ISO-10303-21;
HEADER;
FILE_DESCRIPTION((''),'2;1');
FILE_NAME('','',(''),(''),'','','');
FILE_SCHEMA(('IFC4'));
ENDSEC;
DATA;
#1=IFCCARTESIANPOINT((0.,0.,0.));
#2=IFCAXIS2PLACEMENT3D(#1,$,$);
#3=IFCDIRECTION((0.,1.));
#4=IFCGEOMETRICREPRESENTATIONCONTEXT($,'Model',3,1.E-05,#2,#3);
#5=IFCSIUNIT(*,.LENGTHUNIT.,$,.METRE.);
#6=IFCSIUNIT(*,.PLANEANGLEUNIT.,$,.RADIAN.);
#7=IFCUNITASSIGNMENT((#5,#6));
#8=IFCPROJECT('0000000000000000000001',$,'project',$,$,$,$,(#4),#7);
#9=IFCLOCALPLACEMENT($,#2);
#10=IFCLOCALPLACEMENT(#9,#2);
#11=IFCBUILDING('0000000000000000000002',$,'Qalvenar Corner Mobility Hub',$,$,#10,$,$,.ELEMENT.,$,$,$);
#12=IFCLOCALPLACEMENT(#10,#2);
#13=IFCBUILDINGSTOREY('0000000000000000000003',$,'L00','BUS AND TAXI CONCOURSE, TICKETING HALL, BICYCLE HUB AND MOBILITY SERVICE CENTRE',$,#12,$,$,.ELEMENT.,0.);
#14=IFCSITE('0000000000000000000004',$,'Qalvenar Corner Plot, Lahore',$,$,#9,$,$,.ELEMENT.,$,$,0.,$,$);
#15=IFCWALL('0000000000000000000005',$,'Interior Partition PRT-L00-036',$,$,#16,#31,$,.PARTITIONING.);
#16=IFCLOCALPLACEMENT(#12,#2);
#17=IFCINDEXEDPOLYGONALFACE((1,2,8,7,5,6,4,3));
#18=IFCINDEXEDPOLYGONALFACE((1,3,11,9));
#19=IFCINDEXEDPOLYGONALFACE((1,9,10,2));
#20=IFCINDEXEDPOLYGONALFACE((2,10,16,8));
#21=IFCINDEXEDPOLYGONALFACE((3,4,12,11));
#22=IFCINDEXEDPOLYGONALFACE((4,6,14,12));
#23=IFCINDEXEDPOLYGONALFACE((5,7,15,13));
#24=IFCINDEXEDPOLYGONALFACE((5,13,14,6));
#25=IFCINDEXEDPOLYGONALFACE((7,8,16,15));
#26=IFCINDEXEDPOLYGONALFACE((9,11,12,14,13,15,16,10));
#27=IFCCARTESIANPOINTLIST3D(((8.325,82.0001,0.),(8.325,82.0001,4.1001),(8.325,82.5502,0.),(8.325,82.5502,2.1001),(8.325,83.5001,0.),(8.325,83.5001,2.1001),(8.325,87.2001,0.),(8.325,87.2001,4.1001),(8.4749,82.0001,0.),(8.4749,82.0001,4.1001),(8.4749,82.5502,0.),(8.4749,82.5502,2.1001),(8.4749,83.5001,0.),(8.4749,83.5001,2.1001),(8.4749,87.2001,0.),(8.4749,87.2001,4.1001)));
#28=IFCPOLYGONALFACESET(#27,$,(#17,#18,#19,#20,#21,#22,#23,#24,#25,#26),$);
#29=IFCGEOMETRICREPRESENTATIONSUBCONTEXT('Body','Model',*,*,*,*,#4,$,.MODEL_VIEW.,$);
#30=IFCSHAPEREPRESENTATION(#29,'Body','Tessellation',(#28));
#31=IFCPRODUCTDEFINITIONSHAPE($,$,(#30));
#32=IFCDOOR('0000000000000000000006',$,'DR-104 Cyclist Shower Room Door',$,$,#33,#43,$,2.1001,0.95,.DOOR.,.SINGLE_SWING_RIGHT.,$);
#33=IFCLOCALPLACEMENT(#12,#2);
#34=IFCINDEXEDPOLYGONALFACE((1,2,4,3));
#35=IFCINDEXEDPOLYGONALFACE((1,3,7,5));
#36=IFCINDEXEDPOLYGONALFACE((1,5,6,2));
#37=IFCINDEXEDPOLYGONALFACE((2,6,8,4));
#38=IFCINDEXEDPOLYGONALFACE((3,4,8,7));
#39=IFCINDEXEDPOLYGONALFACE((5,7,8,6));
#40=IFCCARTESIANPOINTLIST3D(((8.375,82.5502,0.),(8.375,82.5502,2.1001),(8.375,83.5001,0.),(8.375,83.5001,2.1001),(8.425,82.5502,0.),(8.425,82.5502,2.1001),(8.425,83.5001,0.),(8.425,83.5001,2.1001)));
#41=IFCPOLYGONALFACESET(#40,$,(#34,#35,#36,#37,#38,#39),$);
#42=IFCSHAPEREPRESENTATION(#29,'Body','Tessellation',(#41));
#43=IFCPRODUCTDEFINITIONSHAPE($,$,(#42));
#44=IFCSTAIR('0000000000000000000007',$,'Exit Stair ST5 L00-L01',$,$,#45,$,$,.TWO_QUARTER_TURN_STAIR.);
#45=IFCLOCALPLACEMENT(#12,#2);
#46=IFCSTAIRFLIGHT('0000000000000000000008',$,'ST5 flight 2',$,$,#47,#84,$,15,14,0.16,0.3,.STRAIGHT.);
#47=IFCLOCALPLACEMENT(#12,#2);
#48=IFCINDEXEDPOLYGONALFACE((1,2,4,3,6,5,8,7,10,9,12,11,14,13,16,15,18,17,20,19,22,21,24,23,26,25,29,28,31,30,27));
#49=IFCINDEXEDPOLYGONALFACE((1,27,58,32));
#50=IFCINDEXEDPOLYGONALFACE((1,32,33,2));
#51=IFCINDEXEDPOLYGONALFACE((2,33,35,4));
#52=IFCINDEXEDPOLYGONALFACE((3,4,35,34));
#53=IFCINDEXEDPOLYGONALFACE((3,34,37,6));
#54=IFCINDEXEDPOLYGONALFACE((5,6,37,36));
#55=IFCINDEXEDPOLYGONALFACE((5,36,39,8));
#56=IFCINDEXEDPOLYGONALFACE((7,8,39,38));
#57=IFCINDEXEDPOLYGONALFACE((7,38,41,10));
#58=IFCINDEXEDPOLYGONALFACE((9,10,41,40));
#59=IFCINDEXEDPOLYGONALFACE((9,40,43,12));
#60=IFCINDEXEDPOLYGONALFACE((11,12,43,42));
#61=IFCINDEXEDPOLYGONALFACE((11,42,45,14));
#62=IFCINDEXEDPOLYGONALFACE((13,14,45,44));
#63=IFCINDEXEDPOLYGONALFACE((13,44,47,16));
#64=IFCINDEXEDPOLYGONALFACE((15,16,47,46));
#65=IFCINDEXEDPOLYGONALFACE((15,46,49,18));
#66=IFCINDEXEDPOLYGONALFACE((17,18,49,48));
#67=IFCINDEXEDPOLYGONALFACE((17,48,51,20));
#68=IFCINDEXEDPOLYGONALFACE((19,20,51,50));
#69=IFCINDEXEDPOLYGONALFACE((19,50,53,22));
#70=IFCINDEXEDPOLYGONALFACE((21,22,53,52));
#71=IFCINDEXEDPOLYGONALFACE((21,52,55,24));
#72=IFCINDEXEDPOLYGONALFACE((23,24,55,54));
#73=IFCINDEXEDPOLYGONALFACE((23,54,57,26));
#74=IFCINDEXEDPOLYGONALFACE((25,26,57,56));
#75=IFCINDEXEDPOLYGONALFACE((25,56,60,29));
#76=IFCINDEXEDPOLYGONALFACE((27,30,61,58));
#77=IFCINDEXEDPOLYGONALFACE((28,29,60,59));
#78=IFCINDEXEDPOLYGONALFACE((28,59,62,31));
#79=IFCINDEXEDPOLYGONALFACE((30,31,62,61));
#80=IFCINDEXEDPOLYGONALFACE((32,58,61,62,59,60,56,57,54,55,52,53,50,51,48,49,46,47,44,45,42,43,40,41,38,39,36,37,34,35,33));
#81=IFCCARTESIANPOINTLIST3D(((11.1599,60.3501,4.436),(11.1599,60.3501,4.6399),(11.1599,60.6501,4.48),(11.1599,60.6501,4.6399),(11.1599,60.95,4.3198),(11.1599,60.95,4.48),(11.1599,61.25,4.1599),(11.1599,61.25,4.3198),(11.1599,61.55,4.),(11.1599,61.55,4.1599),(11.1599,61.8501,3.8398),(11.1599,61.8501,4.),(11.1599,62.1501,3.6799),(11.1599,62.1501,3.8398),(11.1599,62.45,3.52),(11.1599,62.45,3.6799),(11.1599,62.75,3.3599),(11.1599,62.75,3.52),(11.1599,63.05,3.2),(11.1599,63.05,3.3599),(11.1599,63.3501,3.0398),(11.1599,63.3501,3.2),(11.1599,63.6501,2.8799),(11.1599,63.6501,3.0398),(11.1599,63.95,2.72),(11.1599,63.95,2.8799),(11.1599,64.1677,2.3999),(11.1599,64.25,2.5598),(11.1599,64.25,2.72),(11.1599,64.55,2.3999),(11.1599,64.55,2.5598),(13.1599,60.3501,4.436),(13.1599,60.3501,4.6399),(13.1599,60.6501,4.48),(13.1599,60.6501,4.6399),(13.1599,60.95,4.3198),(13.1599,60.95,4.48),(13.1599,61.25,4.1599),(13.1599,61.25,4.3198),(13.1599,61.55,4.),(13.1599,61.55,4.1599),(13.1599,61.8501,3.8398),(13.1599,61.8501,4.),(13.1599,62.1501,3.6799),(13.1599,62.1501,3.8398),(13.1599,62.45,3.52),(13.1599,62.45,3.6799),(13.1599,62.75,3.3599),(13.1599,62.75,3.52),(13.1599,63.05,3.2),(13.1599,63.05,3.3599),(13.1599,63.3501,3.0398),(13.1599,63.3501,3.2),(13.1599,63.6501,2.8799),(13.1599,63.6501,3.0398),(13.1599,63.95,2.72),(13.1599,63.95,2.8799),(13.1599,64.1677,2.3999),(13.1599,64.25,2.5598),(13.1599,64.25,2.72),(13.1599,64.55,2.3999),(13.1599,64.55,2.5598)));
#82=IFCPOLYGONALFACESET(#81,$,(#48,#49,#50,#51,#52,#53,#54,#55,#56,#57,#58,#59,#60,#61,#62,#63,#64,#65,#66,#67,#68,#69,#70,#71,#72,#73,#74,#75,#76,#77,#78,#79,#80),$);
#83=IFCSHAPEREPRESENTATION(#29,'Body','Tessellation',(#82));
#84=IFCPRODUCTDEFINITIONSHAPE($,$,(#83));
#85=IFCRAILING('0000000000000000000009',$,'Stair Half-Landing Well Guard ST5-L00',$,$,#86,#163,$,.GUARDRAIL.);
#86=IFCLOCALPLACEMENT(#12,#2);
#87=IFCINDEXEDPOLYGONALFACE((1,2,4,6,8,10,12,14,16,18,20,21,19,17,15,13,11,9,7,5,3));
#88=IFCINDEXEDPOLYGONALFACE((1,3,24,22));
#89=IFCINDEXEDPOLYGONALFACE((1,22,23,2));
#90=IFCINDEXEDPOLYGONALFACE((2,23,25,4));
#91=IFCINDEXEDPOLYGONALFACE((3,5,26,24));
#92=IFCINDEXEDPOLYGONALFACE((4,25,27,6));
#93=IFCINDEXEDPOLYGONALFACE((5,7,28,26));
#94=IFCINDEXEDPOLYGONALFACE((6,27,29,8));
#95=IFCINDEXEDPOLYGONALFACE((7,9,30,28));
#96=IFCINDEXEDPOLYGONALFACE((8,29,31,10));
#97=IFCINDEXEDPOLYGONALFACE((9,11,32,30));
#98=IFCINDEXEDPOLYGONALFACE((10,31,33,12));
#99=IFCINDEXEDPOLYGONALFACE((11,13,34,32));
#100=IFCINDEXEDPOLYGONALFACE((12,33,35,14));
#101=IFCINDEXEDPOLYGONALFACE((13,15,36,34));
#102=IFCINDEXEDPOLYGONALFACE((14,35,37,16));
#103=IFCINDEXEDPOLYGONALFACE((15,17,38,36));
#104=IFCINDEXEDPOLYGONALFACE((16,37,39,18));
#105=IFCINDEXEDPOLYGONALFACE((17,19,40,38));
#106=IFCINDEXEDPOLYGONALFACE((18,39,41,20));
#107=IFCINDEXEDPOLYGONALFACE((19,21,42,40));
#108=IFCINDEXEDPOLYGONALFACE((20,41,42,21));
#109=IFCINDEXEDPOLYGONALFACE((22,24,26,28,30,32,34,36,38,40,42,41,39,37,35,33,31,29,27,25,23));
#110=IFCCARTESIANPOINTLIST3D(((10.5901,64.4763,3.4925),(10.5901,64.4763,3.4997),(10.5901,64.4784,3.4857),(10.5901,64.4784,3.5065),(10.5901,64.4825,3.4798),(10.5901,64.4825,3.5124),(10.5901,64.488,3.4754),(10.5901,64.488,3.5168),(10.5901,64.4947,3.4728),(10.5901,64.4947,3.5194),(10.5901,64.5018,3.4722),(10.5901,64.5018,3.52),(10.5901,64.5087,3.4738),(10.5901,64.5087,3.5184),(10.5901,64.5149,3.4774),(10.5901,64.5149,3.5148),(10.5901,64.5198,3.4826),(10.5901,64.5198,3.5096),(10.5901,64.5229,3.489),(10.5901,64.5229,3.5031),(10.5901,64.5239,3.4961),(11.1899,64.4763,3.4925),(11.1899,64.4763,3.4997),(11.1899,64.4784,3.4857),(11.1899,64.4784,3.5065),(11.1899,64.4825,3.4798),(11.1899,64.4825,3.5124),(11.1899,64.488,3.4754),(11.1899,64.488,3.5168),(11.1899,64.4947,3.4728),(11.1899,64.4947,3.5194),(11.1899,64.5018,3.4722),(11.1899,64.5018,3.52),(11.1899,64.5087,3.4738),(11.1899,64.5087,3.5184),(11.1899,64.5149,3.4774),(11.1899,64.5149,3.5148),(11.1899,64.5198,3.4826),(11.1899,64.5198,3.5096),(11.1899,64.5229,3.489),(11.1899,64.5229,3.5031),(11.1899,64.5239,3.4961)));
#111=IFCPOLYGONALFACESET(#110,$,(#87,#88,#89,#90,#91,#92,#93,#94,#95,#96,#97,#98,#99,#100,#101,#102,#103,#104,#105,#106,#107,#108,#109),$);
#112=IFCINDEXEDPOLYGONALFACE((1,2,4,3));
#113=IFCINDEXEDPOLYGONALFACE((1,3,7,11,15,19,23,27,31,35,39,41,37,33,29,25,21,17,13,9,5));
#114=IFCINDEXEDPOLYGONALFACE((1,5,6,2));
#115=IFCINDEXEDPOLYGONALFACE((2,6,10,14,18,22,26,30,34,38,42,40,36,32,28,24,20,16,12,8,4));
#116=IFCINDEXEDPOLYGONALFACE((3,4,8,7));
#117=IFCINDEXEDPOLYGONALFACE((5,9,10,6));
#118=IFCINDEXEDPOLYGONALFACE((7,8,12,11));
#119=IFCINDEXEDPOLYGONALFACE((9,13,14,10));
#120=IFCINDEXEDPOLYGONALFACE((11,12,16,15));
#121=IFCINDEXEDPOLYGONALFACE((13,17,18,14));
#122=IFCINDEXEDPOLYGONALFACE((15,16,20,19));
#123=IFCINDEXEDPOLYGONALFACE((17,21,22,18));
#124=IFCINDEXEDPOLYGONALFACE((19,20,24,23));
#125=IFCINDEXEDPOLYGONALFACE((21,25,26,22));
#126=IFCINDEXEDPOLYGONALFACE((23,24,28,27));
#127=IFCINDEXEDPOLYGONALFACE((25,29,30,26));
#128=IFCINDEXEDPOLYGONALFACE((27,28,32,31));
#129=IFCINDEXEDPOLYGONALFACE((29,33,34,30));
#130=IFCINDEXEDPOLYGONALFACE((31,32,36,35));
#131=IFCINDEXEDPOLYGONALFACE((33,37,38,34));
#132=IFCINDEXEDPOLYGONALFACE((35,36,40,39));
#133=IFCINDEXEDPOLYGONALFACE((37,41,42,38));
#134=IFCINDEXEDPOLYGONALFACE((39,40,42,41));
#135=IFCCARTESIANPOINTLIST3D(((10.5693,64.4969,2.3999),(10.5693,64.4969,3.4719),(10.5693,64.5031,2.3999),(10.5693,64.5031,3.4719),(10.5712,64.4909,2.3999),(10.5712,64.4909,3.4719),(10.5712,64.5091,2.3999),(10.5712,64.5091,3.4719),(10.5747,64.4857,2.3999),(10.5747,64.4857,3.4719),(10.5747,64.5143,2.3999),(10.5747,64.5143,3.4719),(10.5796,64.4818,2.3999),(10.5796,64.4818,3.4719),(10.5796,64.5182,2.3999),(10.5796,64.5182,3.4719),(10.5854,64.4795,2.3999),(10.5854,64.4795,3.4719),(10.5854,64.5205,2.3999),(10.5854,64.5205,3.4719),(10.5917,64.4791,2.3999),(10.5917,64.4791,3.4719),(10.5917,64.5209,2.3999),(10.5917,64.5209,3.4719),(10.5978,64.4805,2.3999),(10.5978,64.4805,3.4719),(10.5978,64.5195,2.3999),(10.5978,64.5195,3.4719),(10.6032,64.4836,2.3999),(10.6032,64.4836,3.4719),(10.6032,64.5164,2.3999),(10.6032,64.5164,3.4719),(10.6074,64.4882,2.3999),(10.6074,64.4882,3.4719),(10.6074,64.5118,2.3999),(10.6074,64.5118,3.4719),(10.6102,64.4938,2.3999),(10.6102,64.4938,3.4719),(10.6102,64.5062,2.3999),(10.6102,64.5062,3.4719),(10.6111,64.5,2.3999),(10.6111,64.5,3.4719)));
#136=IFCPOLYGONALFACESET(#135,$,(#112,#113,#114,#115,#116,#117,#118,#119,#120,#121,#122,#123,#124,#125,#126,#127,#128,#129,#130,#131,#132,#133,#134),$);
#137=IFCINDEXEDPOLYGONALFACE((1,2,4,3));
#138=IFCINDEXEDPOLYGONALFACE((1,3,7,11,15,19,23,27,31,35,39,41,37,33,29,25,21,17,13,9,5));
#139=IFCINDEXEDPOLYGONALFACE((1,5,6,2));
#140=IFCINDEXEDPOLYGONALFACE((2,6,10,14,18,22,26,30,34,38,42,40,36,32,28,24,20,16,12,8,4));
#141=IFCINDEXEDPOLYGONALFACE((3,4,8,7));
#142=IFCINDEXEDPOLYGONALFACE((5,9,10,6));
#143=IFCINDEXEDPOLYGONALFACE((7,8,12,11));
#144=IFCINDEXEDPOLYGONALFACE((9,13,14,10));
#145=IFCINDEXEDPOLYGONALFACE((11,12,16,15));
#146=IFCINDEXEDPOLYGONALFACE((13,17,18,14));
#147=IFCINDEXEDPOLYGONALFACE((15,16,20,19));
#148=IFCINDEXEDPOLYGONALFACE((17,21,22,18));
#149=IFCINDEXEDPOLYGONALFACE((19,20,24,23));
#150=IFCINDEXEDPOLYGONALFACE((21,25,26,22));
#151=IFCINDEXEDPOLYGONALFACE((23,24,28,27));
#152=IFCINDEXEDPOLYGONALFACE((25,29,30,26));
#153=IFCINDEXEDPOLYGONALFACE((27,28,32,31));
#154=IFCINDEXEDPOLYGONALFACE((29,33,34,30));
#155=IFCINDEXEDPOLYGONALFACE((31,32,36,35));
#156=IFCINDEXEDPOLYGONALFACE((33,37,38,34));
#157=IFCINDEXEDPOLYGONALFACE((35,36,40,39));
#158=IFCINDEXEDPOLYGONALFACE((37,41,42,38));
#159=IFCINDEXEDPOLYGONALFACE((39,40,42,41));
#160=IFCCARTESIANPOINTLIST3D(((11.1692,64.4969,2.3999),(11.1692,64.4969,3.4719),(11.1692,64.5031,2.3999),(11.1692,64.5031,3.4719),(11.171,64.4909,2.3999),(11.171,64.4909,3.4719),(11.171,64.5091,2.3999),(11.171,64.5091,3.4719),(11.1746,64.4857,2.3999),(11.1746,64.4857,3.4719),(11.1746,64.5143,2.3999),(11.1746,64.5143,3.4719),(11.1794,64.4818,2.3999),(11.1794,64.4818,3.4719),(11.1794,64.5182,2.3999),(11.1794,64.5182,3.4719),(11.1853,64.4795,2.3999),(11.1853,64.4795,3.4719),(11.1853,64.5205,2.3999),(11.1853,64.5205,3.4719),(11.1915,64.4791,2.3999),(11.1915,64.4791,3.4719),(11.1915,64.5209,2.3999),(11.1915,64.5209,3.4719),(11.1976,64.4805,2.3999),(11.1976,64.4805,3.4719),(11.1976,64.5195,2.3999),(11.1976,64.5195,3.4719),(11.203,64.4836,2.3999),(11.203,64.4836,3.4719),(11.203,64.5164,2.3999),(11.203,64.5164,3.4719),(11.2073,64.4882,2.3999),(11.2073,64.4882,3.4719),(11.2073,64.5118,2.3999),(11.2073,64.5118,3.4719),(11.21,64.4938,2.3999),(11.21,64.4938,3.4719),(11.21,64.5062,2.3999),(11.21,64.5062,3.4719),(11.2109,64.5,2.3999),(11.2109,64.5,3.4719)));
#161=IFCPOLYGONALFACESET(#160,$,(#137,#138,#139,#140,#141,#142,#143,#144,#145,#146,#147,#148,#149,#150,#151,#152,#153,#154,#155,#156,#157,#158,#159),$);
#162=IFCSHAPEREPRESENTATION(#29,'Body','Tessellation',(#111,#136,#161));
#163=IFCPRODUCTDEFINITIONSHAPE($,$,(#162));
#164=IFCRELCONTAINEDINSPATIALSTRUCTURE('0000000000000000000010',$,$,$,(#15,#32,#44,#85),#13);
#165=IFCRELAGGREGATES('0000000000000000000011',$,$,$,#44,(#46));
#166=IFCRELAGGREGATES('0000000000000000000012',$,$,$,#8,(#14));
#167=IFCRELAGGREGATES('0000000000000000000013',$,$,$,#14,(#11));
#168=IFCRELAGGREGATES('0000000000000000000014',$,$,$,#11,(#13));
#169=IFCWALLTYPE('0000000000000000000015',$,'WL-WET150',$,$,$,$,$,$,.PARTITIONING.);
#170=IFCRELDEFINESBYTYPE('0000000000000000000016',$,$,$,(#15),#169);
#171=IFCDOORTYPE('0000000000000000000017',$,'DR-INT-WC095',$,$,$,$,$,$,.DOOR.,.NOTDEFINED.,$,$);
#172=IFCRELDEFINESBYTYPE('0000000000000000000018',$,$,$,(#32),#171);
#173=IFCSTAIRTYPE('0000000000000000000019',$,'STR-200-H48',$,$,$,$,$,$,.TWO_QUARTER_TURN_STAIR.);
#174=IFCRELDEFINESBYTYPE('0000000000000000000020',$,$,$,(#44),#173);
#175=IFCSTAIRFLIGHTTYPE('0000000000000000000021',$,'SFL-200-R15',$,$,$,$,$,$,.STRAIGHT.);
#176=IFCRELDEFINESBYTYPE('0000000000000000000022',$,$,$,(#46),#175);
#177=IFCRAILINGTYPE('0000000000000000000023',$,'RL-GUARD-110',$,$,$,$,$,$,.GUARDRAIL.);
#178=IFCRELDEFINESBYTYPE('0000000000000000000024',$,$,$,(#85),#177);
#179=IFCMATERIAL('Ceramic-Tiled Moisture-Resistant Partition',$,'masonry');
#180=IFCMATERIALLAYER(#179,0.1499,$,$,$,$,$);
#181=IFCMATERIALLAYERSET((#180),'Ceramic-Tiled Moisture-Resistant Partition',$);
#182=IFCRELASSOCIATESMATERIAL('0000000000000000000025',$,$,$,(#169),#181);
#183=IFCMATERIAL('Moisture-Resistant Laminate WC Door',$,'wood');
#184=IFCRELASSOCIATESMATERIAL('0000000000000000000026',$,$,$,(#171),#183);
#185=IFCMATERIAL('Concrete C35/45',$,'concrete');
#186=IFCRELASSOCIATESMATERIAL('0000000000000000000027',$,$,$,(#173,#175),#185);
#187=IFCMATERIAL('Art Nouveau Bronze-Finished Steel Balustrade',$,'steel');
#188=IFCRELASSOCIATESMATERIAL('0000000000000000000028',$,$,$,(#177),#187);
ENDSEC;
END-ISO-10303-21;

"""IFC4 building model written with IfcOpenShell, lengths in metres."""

from ifc_helpers import new_model, si_unit, direction, frame, frame_2d, origin, origin_2d, place, context, subcontext, project, spatial, polyline, rectangle, circle, outline, extrude, material, layer, layer_set, type_object, element, fill, aggregate, save


model = new_model("IFC4")

# Units and contexts
model_context = context("Model", 3, precision=1e-05, world=origin(), true_north=direction((0.0, 1.0)))
body_context = subcontext(model_context, "Body", "Model", "MODEL_VIEW")
ifc_project = project(units=[si_unit("LENGTHUNIT", "METRE"), si_unit("PLANEANGLEUNIT", "RADIAN")], contexts=[model_context])

# Site, building, storey
site_placement = place(None, origin())
site = spatial("IfcSite", under=ifc_project, at=site_placement, Name="Qalvenar Corner Plot, Lahore", CompositionType="ELEMENT", RefElevation=0.0)
building_placement = place(site_placement, origin())
building = spatial("IfcBuilding", under=site, at=building_placement, Name="Qalvenar Corner Mobility Hub", CompositionType="ELEMENT")
storey_placement = place(building_placement, origin())
storey = spatial("IfcBuildingStorey", under=building, at=storey_placement, Name="L00", Description="BUS AND TAXI CONCOURSE, TICKETING HALL, BICYCLE HUB AND MOBILITY SERVICE CENTRE", CompositionType="ELEMENT", Elevation=0.0)

# Shared definitions
ifc_material_1 = material(Name="Ceramic-Tiled Moisture-Resistant Partition", Category="masonry")
ifc_layer_1 = layer(ifc_material_1, 0.1499)
ifc_layer_set_1 = layer_set([ifc_layer_1], Name="Ceramic-Tiled Moisture-Resistant Partition")
wall_type_1 = type_object("IfcWallType", Name="WL-WET150", PredefinedType="PARTITIONING", material=ifc_layer_set_1)

# Wall, opening, door
wall_1_placement = place(storey_placement, frame((8.3999, 82.0, 0.0), z_axis=(0.0, 0.0, 1.0), x_axis=(0.0, 1.0, 0.0)))
wall_1 = element("IfcWall", 1, at=wall_1_placement, inside=storey, type_object=wall_type_1, Name="Interior Partition PRT-L00-036", PredefinedType="PARTITIONING", context=body_context, shape_type="SweptSolid", body=[
    extrude(rectangle(XDim=5.2, YDim=0.1499, at=frame_2d((2.6001, 0.0))), origin(), (0.0, 0.0, 1.0), 4.1001),
])
opening_1_placement = place(wall_1_placement, frame((0.55, 0.0, 0.0)))
opening_1 = element("IfcOpeningElement", 2, at=opening_1_placement, cuts=wall_1, PredefinedType="OPENING", context=body_context, shape_type="SweptSolid", body=[
    extrude(rectangle(XDim=0.95, YDim=2.1001, at=frame_2d((0.4751, 1.05))), frame((0.0, 0.085, 0.0), z_axis=(0.0, -1.0, 0.0), x_axis=(1.0, 0.0, 0.0)), (0.0, 0.0, 1.0), 0.1699),
])
ifc_material_2 = material(Name="Moisture-Resistant Laminate WC Door", Category="wood")
door_type_1 = type_object("IfcDoorType", Name="DR-INT-WC095", OperationType="NOTDEFINED", PredefinedType="DOOR", material=ifc_material_2)
door_1_placement = place(opening_1_placement, origin())
door_1 = element("IfcDoor", 3, at=door_1_placement, inside=storey, type_object=door_type_1, Name="DR-104 Cyclist Shower Room Door", OperationType="SINGLE_SWING_RIGHT", OverallHeight=2.1001, OverallWidth=0.95, PredefinedType="DOOR", context=body_context, shape_type="SweptSolid", body=[
    extrude(rectangle(XDim=0.95, YDim=2.1001, at=frame_2d((0.4751, 1.05))), frame((0.0, 0.0249, 0.0), z_axis=(0.0, -1.0, 0.0), x_axis=(1.0, 0.0, 0.0)), (0.0, 0.0, 1.0), 0.05),
])
fill(opening_1, door_1)

# Stair, stair flight
ifc_material_3 = material(Name="Concrete C35/45", Category="concrete")
stair_type = type_object("IfcStairType", Name="STR-200-H48", PredefinedType="TWO_QUARTER_TURN_STAIR", material=ifc_material_3)
stair_placement = place(storey_placement, origin())
stair = element("IfcStair", 4, at=stair_placement, inside=storey, type_object=stair_type, Name="Exit Stair ST5 L00-L01", PredefinedType="TWO_QUARTER_TURN_STAIR")
stair_flight_type = type_object("IfcStairFlightType", Name="SFL-200-R15", PredefinedType="STRAIGHT", material=ifc_material_3)
stair_flight_placement = place(storey_placement, frame((12.1599, 64.55, 2.3999), z_axis=(0.0, 0.0, 1.0), x_axis=(0.0, -1.0, 0.0)))
stair_flight = element("IfcStairFlight", 5, at=stair_flight_placement, type_object=stair_flight_type, Name="ST5 flight 2", NumberOfRisers=15, NumberOfTreads=14, PredefinedType="STRAIGHT", RiserHeight=0.16, TreadLength=0.3, context=body_context, shape_type="SweptSolid", body=[
    extrude(outline(polyline([(0.0, 0.0), (0.0, 0.1599), (0.3, 0.1599), (0.3, 0.3201), (0.6001, 0.3201), (0.6001, 0.48), (0.8999, 0.48), (0.8999, 0.6399), (1.2, 0.6399), (1.2, 0.8), (1.5, 0.8), (1.5, 0.96), (1.8, 0.96), (1.8, 1.1201), (2.1001, 1.1201), (2.1001, 1.28), (2.3999, 1.28), (2.3999, 1.4399), (2.7, 1.4399), (2.7, 1.6001), (3.0, 1.6001), (3.0, 1.76), (3.3, 1.76), (3.3, 1.9199), (3.6001, 1.9199), (3.6001, 2.0801), (3.8999, 2.0801), (3.8999, 2.24), (4.2, 2.24), (4.2, 2.3999), (4.2, 2.0361), (0.3823, 0.0), (0.0, 0.0)])), frame((0.0, 1.0, 0.0), z_axis=(0.0, -1.0, 0.0), x_axis=(1.0, 0.0, 0.0)), (0.0, 0.0, 1.0), 2.0),
])
aggregate(stair, [stair_flight])

# Railing
ifc_material_4 = material(Name="Art Nouveau Bronze-Finished Steel Balustrade", Category="steel")
railing_type_1 = type_object("IfcRailingType", Name="RL-GUARD-110", PredefinedType="GUARDRAIL", material=ifc_material_4)
railing_1_placement = place(storey_placement, frame((10.5901, 64.5, 2.3999)))
element("IfcRailing", 6, at=railing_1_placement, inside=storey, type_object=railing_type_1, Name="Stair Half-Landing Well Guard ST5-L00", PredefinedType="GUARDRAIL", context=body_context, shape_type="SweptSolid", body=[
    extrude(circle(Radius=0.0239, at=origin_2d()), frame((0.0, 0.0, 1.0962), z_axis=(1.0, 0.0, 0.0), x_axis=(0.0, 1.0, 0.0)), (0.0, 0.0, 1.0), 0.5999),
    extrude(circle(Radius=0.021, at=origin_2d()), origin(), (0.0, 0.0, 1.0), 1.072),
    extrude(circle(Radius=0.021, at=origin_2d()), frame((0.5999, 0.0, 0.0)), (0.0, 0.0, 1.0), 1.072),
])

save(model, "model.ifc")
